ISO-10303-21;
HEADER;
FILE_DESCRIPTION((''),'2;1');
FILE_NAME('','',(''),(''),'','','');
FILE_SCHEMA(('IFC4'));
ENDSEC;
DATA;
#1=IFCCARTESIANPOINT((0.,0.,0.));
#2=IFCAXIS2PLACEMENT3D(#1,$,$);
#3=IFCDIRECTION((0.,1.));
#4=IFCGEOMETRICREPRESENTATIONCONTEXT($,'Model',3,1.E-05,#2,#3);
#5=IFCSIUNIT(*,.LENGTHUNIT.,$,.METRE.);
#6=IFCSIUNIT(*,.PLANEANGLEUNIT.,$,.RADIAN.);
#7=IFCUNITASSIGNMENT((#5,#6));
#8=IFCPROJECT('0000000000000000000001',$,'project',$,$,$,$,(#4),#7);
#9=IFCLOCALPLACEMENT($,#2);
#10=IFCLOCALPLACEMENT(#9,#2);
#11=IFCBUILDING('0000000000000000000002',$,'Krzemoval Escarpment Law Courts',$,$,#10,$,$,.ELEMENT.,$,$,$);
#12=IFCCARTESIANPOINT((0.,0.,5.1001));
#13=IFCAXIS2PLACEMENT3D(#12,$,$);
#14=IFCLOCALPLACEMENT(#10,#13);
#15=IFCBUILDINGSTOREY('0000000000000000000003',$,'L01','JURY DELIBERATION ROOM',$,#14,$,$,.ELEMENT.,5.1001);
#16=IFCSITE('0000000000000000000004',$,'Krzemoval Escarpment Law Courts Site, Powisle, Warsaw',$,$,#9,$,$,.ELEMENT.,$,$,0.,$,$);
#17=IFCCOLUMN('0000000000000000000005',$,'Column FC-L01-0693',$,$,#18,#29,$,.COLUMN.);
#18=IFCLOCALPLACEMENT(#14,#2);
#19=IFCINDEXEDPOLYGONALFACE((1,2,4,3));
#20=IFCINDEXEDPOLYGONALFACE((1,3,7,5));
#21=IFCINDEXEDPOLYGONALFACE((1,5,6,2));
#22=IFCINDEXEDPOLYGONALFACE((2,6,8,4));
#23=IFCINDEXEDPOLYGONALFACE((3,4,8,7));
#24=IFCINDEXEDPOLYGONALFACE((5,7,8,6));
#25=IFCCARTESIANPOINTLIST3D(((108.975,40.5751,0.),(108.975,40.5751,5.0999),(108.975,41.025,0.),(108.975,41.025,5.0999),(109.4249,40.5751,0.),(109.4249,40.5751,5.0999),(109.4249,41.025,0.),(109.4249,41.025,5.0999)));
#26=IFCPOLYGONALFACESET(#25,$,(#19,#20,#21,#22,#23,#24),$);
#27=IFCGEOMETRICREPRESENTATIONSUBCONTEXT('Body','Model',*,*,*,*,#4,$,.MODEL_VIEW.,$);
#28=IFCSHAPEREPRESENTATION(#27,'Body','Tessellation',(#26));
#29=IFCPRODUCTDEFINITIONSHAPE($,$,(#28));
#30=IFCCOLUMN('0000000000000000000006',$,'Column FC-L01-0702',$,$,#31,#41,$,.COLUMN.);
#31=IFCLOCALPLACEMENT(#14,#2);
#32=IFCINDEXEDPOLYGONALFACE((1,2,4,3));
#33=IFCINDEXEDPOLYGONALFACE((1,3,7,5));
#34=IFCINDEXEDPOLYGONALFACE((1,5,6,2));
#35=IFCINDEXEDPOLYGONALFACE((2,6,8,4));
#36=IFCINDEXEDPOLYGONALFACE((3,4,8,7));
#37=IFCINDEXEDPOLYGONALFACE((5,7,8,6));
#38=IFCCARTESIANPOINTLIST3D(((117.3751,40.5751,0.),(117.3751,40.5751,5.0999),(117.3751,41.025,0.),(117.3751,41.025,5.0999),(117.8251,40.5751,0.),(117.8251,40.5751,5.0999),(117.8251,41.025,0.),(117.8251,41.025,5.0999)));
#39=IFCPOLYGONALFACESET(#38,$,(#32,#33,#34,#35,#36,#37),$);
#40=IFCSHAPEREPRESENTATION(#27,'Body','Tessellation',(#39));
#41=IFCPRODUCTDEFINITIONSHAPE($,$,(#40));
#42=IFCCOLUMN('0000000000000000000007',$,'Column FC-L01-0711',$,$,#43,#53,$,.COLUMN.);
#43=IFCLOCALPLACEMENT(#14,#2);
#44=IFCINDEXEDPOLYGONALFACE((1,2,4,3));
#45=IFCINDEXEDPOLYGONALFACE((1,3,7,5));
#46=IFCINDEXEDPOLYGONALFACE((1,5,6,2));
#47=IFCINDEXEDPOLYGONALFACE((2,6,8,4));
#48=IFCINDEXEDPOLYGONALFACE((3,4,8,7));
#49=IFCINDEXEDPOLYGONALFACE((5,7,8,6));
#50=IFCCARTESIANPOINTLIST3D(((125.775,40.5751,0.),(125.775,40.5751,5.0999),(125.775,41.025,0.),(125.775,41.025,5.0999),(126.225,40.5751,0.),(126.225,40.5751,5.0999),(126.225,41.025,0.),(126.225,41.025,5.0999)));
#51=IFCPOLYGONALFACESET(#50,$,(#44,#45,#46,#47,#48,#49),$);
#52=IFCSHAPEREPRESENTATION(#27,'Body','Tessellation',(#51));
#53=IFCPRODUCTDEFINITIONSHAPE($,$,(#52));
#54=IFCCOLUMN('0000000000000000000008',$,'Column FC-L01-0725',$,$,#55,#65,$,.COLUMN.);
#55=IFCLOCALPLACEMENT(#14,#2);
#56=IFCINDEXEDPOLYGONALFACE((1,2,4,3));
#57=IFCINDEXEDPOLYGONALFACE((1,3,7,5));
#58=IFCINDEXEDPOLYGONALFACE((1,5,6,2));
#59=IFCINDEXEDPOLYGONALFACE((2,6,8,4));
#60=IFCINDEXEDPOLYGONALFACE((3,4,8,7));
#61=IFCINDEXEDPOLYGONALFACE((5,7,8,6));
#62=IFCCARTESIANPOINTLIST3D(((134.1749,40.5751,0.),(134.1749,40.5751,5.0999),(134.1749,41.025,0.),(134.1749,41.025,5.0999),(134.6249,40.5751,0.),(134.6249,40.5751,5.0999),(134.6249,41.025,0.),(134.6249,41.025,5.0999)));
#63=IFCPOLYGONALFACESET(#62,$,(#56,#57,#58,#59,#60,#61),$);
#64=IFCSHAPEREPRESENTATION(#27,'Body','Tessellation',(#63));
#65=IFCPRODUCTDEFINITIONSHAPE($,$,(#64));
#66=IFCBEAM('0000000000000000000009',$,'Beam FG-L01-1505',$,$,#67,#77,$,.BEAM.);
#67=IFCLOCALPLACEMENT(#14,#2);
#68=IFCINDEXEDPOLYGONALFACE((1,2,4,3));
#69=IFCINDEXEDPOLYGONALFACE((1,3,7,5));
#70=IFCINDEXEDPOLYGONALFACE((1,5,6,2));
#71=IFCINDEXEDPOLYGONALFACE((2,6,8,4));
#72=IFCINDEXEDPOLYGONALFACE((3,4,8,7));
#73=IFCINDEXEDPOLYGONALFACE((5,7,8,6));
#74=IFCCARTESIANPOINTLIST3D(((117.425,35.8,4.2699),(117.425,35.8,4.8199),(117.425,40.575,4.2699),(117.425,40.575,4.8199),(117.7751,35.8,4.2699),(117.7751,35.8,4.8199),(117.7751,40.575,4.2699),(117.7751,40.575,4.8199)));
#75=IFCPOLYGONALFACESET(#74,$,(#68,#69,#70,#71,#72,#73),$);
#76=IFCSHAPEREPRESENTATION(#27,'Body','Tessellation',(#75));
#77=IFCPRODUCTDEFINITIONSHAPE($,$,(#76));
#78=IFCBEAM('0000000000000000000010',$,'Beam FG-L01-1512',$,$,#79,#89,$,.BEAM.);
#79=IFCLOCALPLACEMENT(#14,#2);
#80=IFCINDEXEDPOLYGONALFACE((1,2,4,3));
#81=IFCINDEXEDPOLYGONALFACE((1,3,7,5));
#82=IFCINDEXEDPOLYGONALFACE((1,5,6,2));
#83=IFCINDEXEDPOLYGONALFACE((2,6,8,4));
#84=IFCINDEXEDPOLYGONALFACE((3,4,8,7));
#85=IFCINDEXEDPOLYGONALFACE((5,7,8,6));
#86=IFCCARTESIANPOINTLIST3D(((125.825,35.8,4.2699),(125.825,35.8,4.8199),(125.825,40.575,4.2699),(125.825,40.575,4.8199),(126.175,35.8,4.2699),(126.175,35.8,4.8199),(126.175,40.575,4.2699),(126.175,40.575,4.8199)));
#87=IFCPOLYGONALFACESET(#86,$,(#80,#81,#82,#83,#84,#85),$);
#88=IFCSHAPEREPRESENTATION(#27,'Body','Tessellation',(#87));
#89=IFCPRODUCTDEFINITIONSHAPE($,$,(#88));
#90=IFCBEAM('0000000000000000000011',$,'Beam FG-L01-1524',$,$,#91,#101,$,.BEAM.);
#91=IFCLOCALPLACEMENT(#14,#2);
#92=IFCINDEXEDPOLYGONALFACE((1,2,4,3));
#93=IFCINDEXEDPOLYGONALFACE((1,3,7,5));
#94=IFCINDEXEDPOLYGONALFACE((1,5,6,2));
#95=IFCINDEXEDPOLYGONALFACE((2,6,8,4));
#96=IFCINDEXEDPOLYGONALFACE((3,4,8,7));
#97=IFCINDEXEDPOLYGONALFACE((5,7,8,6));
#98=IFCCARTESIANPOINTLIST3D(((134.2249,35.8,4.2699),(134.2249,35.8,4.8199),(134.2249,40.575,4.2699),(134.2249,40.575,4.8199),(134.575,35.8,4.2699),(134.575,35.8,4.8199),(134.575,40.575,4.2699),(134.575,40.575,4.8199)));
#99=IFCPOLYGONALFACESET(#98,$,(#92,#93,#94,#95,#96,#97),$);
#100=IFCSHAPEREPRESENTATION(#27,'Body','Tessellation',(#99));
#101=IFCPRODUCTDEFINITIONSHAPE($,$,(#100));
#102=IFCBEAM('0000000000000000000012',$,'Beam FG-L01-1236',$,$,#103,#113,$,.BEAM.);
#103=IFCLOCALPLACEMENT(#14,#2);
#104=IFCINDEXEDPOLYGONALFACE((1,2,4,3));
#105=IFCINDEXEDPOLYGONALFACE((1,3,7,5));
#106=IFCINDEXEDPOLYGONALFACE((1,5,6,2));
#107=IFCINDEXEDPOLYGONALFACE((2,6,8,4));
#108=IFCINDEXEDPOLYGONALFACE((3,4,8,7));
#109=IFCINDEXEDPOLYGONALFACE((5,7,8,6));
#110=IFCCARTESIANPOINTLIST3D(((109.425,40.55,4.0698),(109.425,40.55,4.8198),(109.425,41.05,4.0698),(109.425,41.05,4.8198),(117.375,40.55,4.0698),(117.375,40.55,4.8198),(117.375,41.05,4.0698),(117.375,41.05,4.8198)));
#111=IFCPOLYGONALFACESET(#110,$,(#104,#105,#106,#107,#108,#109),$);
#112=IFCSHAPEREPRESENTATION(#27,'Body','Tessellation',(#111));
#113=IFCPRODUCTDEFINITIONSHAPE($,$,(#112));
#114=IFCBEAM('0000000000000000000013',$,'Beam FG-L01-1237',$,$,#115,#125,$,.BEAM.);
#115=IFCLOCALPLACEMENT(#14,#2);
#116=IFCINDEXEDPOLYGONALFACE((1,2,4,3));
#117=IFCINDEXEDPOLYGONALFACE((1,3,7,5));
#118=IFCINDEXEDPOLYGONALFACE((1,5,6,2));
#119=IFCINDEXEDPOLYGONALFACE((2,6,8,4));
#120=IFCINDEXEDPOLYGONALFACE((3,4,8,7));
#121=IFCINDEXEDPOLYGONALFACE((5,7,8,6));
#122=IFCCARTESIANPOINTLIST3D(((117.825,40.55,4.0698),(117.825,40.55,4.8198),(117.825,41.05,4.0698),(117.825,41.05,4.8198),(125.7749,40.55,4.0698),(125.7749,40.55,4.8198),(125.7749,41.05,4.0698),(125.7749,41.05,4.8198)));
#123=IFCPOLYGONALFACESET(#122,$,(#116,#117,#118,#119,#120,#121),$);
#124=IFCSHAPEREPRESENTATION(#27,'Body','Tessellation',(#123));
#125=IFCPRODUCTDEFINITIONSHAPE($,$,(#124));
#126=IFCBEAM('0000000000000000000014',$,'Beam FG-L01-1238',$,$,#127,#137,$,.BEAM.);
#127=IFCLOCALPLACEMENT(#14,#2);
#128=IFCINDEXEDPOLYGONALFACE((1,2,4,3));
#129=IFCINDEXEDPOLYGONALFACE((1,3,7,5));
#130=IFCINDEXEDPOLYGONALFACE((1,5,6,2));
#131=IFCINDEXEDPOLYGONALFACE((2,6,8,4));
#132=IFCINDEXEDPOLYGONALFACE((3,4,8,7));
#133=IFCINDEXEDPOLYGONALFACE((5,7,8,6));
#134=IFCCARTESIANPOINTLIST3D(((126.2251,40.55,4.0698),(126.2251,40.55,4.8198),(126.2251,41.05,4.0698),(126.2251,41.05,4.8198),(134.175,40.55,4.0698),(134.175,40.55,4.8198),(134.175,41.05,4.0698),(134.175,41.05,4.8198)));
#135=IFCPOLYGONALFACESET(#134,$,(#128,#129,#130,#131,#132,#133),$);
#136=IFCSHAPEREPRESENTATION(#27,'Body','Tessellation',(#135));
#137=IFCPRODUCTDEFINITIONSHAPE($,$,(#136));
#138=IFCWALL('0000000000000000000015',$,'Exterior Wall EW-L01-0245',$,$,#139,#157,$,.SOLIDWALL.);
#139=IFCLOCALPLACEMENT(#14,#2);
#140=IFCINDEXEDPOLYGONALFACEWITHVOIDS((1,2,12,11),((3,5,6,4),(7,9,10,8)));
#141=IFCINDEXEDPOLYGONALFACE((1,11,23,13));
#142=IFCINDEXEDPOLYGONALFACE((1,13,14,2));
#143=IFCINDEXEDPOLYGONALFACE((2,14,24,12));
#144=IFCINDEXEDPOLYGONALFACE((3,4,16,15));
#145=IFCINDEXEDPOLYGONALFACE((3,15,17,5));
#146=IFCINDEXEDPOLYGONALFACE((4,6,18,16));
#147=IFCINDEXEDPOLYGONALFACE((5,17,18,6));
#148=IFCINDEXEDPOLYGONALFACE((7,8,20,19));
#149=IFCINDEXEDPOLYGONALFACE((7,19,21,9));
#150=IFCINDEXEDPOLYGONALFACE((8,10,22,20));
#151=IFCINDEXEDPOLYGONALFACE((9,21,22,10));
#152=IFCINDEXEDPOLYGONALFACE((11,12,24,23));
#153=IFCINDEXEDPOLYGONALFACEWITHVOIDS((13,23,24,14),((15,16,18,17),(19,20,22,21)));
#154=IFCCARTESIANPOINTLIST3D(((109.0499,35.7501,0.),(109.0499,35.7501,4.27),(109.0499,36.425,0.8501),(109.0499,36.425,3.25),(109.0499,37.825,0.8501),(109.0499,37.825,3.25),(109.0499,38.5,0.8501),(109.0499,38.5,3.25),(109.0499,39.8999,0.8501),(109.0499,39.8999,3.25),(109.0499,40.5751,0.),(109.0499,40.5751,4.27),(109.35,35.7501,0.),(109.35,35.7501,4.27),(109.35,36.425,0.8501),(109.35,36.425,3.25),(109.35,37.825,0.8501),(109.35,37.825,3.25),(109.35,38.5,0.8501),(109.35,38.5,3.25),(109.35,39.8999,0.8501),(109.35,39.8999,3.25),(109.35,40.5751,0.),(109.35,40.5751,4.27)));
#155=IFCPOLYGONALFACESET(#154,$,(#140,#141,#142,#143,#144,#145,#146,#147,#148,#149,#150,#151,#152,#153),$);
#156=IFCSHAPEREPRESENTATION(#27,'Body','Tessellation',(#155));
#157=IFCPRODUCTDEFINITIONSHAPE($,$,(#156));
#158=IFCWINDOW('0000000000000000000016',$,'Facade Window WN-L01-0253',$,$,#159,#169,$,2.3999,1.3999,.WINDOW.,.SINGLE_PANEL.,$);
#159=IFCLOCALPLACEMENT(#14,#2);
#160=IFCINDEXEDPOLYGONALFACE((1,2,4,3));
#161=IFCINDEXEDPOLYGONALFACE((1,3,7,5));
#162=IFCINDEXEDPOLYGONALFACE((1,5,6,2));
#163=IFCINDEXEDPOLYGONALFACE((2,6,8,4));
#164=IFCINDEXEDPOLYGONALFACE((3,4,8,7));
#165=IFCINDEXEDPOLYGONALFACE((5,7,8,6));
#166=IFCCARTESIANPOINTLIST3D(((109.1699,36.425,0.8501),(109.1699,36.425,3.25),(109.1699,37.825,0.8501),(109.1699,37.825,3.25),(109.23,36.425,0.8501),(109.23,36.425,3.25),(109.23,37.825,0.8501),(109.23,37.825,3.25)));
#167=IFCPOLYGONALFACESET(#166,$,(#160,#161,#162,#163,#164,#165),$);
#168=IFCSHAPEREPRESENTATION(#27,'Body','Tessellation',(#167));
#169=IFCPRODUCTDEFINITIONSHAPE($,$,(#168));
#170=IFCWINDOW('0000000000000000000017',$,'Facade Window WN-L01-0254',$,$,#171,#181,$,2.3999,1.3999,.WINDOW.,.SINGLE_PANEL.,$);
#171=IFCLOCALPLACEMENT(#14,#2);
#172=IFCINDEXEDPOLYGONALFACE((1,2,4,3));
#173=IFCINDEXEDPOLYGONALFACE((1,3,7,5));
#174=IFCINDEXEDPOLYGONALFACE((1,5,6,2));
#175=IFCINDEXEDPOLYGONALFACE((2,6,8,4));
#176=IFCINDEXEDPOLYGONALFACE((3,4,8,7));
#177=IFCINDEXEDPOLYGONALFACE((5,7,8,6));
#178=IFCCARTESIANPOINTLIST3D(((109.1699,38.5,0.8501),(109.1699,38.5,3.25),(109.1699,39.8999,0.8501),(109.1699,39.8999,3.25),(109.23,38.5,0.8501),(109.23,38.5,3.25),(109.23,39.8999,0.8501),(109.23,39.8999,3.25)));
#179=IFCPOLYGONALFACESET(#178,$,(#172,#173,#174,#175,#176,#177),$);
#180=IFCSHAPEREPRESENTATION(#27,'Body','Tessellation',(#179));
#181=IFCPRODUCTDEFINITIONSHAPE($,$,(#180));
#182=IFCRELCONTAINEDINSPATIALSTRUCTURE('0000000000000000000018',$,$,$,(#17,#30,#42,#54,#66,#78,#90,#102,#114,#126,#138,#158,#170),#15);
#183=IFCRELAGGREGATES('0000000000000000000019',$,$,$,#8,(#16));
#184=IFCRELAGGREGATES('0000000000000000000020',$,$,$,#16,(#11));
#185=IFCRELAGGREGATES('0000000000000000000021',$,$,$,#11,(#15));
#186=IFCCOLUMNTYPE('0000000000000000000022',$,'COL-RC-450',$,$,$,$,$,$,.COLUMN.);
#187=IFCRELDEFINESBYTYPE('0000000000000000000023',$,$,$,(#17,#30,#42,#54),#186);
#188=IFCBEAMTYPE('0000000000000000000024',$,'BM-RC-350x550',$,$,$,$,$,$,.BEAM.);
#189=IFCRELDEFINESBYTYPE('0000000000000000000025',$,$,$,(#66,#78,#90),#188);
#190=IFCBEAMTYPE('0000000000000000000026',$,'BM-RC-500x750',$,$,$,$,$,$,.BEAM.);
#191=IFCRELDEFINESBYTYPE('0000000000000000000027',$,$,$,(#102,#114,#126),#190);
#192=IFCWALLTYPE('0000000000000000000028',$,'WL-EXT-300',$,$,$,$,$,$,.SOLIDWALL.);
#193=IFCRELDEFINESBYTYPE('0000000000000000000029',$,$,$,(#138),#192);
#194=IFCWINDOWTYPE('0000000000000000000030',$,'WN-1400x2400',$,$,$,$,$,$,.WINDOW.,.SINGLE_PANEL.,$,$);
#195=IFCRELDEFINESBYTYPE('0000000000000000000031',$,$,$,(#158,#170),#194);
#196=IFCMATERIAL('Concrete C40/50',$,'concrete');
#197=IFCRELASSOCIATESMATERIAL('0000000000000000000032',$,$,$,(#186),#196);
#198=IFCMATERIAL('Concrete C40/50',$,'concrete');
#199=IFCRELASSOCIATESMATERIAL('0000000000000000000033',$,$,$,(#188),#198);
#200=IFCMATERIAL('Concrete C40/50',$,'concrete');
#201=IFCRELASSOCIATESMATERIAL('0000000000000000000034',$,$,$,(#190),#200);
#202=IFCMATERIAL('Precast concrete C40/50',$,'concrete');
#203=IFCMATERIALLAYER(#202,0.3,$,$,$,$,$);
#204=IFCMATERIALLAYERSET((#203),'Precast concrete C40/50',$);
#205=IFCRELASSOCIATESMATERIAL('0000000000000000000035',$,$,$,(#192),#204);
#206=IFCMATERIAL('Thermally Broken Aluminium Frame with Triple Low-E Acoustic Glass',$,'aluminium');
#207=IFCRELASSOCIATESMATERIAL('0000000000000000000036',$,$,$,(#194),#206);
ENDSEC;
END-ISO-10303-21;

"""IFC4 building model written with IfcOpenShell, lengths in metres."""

from ifc_helpers import new_model, si_unit, direction, frame, frame_2d, origin, origin_2d, place, context, subcontext, project, spatial, rectangle, extrude, material, layer, layer_set, material_profile, profile_set, type_object, element, fill, save


model = new_model("IFC4")

# Units and contexts
model_context = context("Model", 3, precision=1e-05, world=origin(), true_north=direction((0.0, 1.0)))
body_context = subcontext(model_context, "Body", "Model", "MODEL_VIEW")
ifc_project = project(units=[si_unit("LENGTHUNIT", "METRE"), si_unit("PLANEANGLEUNIT", "RADIAN")], contexts=[model_context])

# Site, building, storey
site_placement = place(None, origin())
site = spatial("IfcSite", under=ifc_project, at=site_placement, Name="Krzemoval Escarpment Law Courts Site, Powisle, Warsaw", CompositionType="ELEMENT", RefElevation=0.0)
building_placement = place(site_placement, origin())
building = spatial("IfcBuilding", under=site, at=building_placement, Name="Krzemoval Escarpment Law Courts", CompositionType="ELEMENT")
storey_placement = place(building_placement, frame((0.0, 0.0, 5.1001)))
storey = spatial("IfcBuildingStorey", under=building, at=storey_placement, Name="L01", Description="JURY DELIBERATION ROOM", CompositionType="ELEMENT", Elevation=5.1001)

# Columns
ifc_material_1 = material(Name="Concrete C40/50", Category="concrete")
ifc_material_profile_1 = material_profile(ifc_material_1, rectangle(XDim=0.45, YDim=0.45, at=origin_2d()), Name="RC 450x450")
ifc_profile_set_1 = profile_set([ifc_material_profile_1], Name="Concrete C40/50")
column_type = type_object("IfcColumnType", Name="COL-RC-450", PredefinedType="COLUMN", material=ifc_profile_set_1)
for number, where, z_axis, x_axis, name in (
    (1, (109.2, 40.8, 0.0), (0.0, 0.0, 1.0), (1.0, 0.0, 0.0), "Column FC-L01-0693"),
    (2, (117.6001, 40.8, 0.0), (0.0, 0.0, 1.0), (1.0, 0.0, 0.0), "Column FC-L01-0702"),
    (3, (126.0, 40.8, 0.0), (0.0, 0.0, 1.0), (1.0, 0.0, 0.0), "Column FC-L01-0711"),
    (4, (134.3999, 40.8, 0.0), (0.0, 0.0, 1.0), (1.0, 0.0, 0.0), "Column FC-L01-0725"),
):
    element("IfcColumn", number, at=place(storey_placement, frame(where, z_axis=z_axis, x_axis=x_axis)), inside=storey, type_object=column_type, Name=name, PredefinedType="COLUMN", context=body_context, shape_type="SweptSolid", body=[
        extrude(rectangle(XDim=0.45, YDim=0.45, at=origin_2d()), origin(), (0.0, 0.0, 1.0), 5.0999),
    ])

# Beams
ifc_material_2 = material(Name="Concrete C40/50", Category="concrete")
ifc_material_profile_2 = material_profile(ifc_material_2, rectangle(XDim=0.3501, YDim=0.55, at=origin_2d()), Name="RCB 350x550")
ifc_profile_set_2 = profile_set([ifc_material_profile_2], Name="Concrete C40/50")
beam_type_1 = type_object("IfcBeamType", Name="BM-RC-350x550", PredefinedType="BEAM", material=ifc_profile_set_2)
for number, where, z_axis, x_axis, name in (
    (5, (117.6001, 35.8, 4.5449), (0.0, 1.0, 0.0), (-1.0, 0.0, 0.0), "Beam FG-L01-1505"),
    (6, (126.0, 35.8, 4.5449), (0.0, 1.0, 0.0), (-1.0, 0.0, 0.0), "Beam FG-L01-1512"),
    (7, (134.3999, 35.8, 4.5449), (0.0, 1.0, 0.0), (-1.0, 0.0, 0.0), "Beam FG-L01-1524"),
):
    element("IfcBeam", number, at=place(storey_placement, frame(where, z_axis=z_axis, x_axis=x_axis)), inside=storey, type_object=beam_type_1, Name=name, PredefinedType="BEAM", context=body_context, shape_type="SweptSolid", body=[
        extrude(rectangle(XDim=0.3501, YDim=0.55, at=origin_2d()), origin(), (0.0, 0.0, 1.0), 4.7749),
    ])
ifc_material_3 = material(Name="Concrete C40/50", Category="concrete")
ifc_material_profile_3 = material_profile(ifc_material_3, rectangle(XDim=0.5, YDim=0.75, at=origin_2d()), Name="RCB 500x750")
ifc_profile_set_3 = profile_set([ifc_material_profile_3], Name="Concrete C40/50")
beam_type_2 = type_object("IfcBeamType", Name="BM-RC-500x750", PredefinedType="BEAM", material=ifc_profile_set_3)
for number, where, z_axis, x_axis, name in (
    (8, (109.425, 40.8, 4.4448), (1.0, 0.0, 0.0), (0.0, 1.0, 0.0), "Beam FG-L01-1236"),
    (9, (117.825, 40.8, 4.4448), (1.0, 0.0, 0.0), (0.0, 1.0, 0.0), "Beam FG-L01-1237"),
    (10, (126.2251, 40.8, 4.4448), (1.0, 0.0, 0.0), (0.0, 1.0, 0.0), "Beam FG-L01-1238"),
):
    element("IfcBeam", number, at=place(storey_placement, frame(where, z_axis=z_axis, x_axis=x_axis)), inside=storey, type_object=beam_type_2, Name=name, PredefinedType="BEAM", context=body_context, shape_type="SweptSolid", body=[
        extrude(rectangle(XDim=0.5, YDim=0.75, at=origin_2d()), origin(), (0.0, 0.0, 1.0), 7.95),
    ])

# Wall, openings, windows
ifc_material_4 = material(Name="Precast concrete C40/50", Category="concrete")
ifc_layer = layer(ifc_material_4, 0.3)
ifc_layer_set = layer_set([ifc_layer], Name="Precast concrete C40/50")
wall_type = type_object("IfcWallType", Name="WL-EXT-300", PredefinedType="SOLIDWALL", material=ifc_layer_set)
wall_1_placement = place(storey_placement, frame((109.2, 35.75, 0.0), z_axis=(0.0, 0.0, 1.0), x_axis=(0.0, 1.0, 0.0)))
wall_1 = element("IfcWall", 11, at=wall_1_placement, inside=storey, type_object=wall_type, Name="Exterior Wall EW-L01-0245", PredefinedType="SOLIDWALL", context=body_context, shape_type="SweptSolid", body=[
    extrude(rectangle(XDim=4.825, YDim=0.3, at=frame_2d((2.4126, 0.0))), origin(), (0.0, 0.0, 1.0), 4.27),
])
opening_1_placement = place(wall_1_placement, frame((0.675, 0.0, 0.8501)))
opening_1 = element("IfcOpeningElement", 12, at=opening_1_placement, cuts=wall_1, PredefinedType="OPENING", context=body_context, shape_type="SweptSolid", body=[
    extrude(rectangle(XDim=1.3999, YDim=2.3999, at=frame_2d((0.7, 1.2))), frame((0.0, 0.165, 0.0), z_axis=(0.0, -1.0, 0.0), x_axis=(1.0, 0.0, 0.0)), (0.0, 0.0, 1.0), 0.3301),
])
opening_2_placement = place(wall_1_placement, frame((2.75, 0.0, 0.8501)))
opening_2 = element("IfcOpeningElement", 13, at=opening_2_placement, cuts=wall_1, PredefinedType="OPENING", context=body_context, shape_type="SweptSolid", body=[
    extrude(rectangle(XDim=1.3999, YDim=2.3999, at=frame_2d((0.7, 1.2))), frame((0.0, 0.165, 0.0), z_axis=(0.0, -1.0, 0.0), x_axis=(1.0, 0.0, 0.0)), (0.0, 0.0, 1.0), 0.3301),
])
ifc_material_5 = material(Name="Thermally Broken Aluminium Frame with Triple Low-E Acoustic Glass", Category="aluminium")
window_type_1 = type_object("IfcWindowType", Name="WN-1400x2400", PartitioningType="SINGLE_PANEL", PredefinedType="WINDOW", material=ifc_material_5)
window_1_placement = place(opening_1_placement, origin())
window_1 = element("IfcWindow", 14, at=window_1_placement, inside=storey, type_object=window_type_1, Name="Facade Window WN-L01-0253", OverallHeight=2.3999, OverallWidth=1.3999, PartitioningType="SINGLE_PANEL", PredefinedType="WINDOW", context=body_context, shape_type="SweptSolid", body=[
    extrude(rectangle(XDim=1.3999, YDim=2.3999, at=frame_2d((0.7, 1.2))), frame((0.0, 0.03, 0.0), z_axis=(0.0, -1.0, 0.0), x_axis=(1.0, 0.0, 0.0)), (0.0, 0.0, 1.0), 0.0601),
])
fill(opening_1, window_1)
window_2_placement = place(opening_2_placement, origin())
window_2 = element("IfcWindow", 15, at=window_2_placement, inside=storey, type_object=window_type_1, Name="Facade Window WN-L01-0254", OverallHeight=2.3999, OverallWidth=1.3999, PartitioningType="SINGLE_PANEL", PredefinedType="WINDOW", context=body_context, shape_type="SweptSolid", body=[
    extrude(rectangle(XDim=1.3999, YDim=2.3999, at=frame_2d((0.7, 1.2))), frame((0.0, 0.03, 0.0), z_axis=(0.0, -1.0, 0.0), x_axis=(1.0, 0.0, 0.0)), (0.0, 0.0, 1.0), 0.0601),
])
fill(opening_2, window_2)

save(model, "model.ifc")
